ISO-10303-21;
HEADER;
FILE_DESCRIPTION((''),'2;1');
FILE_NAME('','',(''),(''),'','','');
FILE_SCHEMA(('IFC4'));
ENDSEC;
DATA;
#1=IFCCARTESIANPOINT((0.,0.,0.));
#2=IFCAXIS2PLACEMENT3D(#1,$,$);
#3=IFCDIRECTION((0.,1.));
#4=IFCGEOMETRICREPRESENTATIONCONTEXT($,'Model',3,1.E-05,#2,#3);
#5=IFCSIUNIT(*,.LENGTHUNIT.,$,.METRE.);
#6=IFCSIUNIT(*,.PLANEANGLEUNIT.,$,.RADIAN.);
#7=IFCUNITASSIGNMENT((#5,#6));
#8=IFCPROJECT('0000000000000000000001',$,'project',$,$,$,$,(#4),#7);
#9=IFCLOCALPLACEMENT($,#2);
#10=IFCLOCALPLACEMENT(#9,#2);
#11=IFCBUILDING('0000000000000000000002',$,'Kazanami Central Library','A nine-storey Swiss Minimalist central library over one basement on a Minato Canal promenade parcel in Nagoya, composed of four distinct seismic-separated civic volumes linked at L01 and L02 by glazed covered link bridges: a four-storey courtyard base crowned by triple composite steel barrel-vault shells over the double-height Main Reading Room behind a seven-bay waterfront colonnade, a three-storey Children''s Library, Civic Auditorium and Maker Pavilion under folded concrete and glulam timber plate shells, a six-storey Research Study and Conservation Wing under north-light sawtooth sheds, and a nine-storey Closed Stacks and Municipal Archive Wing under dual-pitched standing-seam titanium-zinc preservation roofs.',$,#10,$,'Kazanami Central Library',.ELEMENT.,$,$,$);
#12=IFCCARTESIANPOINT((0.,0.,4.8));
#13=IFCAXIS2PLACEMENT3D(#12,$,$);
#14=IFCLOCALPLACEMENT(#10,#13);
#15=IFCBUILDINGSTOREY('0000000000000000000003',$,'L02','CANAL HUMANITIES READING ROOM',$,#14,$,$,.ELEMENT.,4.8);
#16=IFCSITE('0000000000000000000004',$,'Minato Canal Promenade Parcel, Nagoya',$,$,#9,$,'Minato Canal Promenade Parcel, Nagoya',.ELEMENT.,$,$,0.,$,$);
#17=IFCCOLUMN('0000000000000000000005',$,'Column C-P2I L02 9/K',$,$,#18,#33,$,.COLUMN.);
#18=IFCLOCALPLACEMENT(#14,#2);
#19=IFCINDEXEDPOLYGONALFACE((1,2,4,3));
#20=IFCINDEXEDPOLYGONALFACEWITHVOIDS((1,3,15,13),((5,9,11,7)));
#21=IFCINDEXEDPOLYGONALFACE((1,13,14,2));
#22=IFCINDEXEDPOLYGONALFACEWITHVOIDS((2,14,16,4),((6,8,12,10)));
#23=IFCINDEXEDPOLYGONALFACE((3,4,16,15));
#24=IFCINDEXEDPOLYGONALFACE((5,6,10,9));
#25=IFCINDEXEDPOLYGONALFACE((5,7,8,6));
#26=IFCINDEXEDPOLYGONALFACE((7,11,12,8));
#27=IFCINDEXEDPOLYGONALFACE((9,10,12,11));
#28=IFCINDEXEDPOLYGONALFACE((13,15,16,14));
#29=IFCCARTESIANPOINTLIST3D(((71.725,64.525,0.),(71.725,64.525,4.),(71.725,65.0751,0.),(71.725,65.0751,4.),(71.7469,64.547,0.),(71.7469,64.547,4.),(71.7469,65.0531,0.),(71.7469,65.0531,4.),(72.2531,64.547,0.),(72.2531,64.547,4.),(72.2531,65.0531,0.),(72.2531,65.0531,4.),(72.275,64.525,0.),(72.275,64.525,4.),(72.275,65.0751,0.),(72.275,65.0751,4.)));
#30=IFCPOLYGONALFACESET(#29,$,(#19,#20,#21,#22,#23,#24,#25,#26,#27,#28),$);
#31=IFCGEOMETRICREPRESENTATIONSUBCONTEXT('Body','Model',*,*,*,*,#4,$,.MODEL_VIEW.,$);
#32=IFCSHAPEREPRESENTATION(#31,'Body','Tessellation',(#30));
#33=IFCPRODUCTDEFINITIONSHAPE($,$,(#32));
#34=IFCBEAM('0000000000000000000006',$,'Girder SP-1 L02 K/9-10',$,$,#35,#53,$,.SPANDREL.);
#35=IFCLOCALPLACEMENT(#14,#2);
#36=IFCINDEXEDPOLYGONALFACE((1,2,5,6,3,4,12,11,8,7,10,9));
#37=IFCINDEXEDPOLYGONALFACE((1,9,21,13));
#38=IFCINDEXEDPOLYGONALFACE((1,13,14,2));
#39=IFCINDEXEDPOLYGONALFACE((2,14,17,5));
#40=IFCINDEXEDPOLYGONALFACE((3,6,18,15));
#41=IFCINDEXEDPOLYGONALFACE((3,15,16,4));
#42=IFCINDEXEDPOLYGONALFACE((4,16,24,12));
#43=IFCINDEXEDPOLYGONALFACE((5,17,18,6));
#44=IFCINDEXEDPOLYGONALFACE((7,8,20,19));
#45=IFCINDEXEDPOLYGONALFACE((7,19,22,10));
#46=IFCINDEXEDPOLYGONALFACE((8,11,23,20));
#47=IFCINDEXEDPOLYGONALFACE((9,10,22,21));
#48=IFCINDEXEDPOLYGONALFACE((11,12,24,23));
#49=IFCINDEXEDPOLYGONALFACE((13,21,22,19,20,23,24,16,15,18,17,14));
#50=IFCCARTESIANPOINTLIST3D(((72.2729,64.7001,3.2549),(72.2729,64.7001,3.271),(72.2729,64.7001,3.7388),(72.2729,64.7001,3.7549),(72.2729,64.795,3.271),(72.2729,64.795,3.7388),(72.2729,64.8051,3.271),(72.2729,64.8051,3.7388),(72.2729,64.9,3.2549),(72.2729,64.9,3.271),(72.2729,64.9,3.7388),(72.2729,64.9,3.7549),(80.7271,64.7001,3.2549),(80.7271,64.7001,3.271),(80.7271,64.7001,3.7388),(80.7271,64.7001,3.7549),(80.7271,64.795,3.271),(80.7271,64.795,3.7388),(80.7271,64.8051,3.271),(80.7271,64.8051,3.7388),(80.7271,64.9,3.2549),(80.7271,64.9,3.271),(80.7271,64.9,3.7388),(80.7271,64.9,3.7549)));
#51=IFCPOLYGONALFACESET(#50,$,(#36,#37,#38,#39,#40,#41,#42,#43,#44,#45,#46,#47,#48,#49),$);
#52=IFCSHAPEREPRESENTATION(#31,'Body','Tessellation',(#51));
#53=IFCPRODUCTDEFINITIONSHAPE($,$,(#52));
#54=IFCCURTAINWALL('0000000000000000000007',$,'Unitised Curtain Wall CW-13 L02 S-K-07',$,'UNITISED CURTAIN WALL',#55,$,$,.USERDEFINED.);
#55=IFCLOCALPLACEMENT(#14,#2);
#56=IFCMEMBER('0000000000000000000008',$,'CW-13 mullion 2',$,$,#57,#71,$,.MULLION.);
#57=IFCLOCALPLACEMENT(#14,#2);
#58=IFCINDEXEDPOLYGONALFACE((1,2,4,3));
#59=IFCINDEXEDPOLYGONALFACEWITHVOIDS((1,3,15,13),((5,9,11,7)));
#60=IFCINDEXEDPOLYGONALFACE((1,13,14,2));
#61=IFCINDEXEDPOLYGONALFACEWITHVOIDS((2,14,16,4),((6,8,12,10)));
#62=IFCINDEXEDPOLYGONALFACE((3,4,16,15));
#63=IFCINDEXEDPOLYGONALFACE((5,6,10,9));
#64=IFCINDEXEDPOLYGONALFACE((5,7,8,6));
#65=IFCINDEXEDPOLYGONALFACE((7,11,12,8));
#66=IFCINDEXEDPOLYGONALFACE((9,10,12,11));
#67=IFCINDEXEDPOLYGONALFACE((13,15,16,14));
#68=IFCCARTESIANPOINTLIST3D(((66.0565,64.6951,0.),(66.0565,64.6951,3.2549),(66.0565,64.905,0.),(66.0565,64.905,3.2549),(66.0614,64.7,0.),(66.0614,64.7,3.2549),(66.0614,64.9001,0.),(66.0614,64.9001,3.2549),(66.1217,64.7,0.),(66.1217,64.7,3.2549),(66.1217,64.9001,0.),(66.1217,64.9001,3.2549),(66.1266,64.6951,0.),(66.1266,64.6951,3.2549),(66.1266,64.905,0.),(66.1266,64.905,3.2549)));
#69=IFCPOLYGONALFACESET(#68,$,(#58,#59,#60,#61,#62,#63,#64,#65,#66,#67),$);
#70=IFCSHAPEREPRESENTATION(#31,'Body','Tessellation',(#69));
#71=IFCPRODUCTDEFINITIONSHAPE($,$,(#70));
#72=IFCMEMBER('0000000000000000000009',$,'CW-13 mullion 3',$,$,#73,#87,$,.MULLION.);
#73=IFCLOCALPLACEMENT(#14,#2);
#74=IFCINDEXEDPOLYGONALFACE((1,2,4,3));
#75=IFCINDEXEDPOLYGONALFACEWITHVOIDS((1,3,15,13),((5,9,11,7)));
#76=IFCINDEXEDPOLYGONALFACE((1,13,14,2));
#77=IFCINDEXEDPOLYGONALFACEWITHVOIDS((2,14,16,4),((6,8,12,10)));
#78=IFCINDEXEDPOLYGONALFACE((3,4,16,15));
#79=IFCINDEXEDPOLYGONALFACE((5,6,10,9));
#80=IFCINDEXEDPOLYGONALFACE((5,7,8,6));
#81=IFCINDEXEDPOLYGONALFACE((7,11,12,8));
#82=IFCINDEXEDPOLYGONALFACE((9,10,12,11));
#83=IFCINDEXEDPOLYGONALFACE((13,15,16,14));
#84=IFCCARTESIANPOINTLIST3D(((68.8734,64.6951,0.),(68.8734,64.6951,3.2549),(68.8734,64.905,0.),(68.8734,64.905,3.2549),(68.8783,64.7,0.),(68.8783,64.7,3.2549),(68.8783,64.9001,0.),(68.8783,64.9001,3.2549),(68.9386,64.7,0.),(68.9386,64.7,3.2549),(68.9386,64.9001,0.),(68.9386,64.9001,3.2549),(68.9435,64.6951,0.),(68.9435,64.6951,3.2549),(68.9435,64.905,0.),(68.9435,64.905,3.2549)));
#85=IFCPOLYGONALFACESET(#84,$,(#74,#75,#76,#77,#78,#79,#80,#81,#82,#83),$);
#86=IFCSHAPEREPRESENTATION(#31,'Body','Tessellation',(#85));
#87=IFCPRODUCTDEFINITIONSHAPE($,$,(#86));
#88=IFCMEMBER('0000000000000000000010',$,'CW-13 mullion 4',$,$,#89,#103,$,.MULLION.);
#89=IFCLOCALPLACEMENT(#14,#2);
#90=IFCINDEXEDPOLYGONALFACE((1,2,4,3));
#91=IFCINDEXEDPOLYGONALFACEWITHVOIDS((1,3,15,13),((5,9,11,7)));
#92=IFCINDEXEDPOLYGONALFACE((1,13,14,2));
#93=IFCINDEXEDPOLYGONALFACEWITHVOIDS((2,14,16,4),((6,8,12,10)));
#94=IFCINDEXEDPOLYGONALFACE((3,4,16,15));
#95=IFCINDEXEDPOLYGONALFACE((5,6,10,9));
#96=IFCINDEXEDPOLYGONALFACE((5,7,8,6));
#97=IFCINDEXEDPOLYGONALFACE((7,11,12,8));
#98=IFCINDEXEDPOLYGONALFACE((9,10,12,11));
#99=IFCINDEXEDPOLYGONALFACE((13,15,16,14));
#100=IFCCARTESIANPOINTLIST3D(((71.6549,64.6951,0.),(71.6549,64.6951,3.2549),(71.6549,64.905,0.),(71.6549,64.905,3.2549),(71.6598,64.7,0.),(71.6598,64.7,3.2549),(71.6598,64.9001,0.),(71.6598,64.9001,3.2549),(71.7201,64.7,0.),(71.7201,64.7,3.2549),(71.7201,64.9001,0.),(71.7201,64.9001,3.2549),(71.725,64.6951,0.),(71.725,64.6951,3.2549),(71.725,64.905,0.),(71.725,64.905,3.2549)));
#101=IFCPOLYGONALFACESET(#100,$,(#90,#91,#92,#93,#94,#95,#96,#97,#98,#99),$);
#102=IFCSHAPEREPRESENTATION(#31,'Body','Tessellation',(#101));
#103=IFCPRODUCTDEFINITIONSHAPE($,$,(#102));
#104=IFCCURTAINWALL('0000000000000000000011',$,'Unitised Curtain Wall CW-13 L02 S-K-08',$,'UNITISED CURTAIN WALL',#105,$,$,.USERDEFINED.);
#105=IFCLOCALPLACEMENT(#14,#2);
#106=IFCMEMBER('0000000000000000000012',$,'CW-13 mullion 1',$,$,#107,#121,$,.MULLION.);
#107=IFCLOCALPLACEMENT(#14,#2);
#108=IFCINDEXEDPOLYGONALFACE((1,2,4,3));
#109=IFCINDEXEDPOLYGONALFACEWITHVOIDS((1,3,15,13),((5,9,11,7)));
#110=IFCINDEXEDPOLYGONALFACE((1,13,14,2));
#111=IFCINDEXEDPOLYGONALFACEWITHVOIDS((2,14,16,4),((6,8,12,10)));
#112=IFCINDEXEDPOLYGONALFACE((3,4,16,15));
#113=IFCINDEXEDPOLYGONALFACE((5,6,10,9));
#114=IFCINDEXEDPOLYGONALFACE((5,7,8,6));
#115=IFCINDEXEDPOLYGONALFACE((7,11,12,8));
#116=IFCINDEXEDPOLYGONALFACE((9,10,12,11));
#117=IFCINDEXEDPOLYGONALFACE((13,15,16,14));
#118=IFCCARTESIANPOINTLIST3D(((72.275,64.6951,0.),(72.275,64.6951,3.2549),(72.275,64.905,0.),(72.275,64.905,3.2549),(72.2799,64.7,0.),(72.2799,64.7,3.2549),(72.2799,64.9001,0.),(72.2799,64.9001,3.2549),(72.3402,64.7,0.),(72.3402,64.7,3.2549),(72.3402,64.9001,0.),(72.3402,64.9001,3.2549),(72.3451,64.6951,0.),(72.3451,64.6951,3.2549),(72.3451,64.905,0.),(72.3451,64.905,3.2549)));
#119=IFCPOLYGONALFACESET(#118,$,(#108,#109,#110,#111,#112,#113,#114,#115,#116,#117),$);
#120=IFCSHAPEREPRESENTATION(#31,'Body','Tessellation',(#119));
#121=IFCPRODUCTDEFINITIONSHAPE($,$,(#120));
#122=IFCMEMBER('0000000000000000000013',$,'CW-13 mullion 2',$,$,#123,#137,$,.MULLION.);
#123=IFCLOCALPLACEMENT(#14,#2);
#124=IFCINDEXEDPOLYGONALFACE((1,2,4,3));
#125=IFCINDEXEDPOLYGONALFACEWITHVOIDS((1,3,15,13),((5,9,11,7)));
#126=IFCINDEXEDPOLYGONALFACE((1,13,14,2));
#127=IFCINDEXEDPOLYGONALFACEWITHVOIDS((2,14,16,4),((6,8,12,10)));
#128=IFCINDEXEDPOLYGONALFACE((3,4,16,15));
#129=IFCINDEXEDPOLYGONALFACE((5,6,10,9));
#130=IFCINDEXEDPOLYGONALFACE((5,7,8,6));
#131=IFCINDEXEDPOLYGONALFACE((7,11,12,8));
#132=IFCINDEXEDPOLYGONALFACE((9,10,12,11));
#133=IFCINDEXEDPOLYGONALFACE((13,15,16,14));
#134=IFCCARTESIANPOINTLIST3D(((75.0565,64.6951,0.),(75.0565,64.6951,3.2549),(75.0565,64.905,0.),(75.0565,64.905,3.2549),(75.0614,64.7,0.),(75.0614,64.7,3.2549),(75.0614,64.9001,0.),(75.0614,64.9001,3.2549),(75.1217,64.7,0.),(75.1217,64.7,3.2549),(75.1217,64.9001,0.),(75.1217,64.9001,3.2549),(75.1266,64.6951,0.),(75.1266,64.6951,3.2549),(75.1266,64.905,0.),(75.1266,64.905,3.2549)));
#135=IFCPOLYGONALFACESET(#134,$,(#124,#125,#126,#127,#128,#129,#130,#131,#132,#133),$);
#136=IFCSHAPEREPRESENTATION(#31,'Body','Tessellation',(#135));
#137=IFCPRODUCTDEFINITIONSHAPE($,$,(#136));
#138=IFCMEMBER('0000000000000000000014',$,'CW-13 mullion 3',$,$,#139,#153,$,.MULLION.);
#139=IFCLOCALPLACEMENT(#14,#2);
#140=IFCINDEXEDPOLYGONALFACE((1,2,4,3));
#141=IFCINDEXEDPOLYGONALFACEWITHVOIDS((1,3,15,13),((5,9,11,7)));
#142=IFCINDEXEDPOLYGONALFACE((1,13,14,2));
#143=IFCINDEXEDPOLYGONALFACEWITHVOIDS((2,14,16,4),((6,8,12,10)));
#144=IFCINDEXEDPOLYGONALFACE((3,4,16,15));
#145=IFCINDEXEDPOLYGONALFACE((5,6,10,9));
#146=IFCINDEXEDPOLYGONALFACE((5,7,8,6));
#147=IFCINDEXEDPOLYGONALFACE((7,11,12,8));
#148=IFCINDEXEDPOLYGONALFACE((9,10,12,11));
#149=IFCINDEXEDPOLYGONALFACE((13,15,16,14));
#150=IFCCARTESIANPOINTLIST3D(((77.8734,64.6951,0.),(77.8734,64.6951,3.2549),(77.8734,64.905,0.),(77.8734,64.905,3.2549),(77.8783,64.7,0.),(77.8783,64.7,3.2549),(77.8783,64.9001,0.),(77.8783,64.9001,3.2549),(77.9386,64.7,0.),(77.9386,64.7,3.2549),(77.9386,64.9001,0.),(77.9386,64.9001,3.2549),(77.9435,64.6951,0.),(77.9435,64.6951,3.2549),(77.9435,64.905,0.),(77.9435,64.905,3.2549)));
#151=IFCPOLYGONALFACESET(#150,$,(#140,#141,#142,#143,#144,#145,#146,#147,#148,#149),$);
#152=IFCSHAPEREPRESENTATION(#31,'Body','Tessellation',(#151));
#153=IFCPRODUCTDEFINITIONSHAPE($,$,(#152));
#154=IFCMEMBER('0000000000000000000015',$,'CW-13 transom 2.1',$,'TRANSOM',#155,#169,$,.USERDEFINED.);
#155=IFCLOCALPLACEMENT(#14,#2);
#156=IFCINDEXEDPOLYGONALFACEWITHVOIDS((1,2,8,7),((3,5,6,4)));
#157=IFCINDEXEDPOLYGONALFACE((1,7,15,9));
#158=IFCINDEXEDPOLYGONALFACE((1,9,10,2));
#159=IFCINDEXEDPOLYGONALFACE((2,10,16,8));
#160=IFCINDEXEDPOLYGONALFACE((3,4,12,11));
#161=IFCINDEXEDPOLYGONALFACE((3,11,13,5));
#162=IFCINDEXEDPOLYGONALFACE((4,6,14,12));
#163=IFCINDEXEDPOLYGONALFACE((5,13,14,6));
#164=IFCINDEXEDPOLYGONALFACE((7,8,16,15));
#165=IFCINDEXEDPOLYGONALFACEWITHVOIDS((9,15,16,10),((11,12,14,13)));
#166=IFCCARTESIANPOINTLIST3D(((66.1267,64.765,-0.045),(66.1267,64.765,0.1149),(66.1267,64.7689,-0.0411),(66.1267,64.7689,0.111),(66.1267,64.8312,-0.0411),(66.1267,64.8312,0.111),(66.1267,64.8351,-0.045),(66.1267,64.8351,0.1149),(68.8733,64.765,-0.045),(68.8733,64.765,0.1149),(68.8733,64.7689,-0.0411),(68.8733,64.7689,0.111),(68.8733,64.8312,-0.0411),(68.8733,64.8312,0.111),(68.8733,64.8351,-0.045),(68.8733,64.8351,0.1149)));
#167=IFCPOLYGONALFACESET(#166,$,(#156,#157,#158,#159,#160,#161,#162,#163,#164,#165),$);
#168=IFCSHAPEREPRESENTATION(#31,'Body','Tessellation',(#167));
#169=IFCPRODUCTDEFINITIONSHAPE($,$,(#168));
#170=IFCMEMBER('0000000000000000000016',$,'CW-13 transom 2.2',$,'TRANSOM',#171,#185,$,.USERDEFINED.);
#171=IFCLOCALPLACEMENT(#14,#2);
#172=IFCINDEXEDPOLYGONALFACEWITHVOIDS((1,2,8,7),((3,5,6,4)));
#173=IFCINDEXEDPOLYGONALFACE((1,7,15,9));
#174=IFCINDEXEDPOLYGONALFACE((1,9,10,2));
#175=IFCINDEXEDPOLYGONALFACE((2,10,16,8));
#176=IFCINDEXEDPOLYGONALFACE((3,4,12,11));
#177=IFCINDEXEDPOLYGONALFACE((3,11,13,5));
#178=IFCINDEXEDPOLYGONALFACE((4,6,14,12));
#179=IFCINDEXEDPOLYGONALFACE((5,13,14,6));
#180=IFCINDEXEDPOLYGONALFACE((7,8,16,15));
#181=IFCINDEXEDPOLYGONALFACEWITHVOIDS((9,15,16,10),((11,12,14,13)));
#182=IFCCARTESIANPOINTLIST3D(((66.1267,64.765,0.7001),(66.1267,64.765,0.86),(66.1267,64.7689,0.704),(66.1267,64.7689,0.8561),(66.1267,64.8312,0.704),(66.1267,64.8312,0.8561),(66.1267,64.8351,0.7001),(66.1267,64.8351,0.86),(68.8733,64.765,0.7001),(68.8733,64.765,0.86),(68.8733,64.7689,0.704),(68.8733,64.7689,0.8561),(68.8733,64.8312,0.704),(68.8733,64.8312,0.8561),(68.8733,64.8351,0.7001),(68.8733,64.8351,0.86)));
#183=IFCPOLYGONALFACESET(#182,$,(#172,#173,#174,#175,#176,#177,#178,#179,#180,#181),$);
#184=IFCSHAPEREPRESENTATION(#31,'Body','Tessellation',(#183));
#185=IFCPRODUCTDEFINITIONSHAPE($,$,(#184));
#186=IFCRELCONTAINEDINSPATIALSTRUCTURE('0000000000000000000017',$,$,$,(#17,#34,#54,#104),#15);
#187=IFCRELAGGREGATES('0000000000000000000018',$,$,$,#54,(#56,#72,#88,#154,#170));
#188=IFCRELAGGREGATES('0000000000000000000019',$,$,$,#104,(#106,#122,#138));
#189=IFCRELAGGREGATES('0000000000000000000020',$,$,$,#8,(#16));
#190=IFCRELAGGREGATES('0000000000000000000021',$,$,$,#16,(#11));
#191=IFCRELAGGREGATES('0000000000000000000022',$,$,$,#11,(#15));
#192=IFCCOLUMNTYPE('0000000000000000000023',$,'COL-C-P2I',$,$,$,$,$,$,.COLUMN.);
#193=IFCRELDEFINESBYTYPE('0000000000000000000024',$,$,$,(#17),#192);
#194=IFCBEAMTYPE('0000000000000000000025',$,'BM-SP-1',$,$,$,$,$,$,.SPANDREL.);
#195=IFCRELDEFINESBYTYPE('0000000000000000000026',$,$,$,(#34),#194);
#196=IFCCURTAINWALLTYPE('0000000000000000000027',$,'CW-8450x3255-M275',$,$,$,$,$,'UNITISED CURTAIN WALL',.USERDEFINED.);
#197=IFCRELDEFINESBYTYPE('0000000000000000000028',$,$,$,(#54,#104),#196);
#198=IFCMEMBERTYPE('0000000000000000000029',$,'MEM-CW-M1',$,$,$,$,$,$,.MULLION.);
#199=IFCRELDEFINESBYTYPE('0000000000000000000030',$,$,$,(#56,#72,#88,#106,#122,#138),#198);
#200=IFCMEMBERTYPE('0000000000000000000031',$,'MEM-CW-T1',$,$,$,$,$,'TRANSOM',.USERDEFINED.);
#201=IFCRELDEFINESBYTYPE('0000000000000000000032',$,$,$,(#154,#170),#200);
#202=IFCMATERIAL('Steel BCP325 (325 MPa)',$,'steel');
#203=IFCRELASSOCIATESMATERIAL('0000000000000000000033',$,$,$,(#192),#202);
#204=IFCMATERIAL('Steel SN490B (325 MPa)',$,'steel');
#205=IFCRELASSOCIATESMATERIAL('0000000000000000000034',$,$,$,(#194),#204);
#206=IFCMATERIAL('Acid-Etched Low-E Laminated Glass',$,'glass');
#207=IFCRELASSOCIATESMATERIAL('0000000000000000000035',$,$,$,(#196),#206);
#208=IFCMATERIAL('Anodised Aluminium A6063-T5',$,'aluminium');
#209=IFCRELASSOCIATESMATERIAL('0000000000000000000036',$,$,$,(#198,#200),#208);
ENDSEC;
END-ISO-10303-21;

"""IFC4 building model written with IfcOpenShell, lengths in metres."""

from ifc_helpers import new_model, si_unit, direction, frame, origin, origin_2d, place, context, subcontext, project, spatial, hollow_rectangle, i_section, extrude, material, material_profile, profile_set, type_object, element, aggregate, save


model = new_model("IFC4")

# Units and contexts
model_context = context("Model", 3, precision=1e-05, world=origin(), true_north=direction((0.0, 1.0)))
body_context = subcontext(model_context, "Body", "Model", "MODEL_VIEW")
ifc_project = project(units=[si_unit("LENGTHUNIT", "METRE"), si_unit("PLANEANGLEUNIT", "RADIAN")], contexts=[model_context])

# Site, building, storey
site_placement = place(None, origin())
site = spatial("IfcSite", under=ifc_project, at=site_placement, Name="Minato Canal Promenade Parcel, Nagoya", LongName="Minato Canal Promenade Parcel, Nagoya", CompositionType="ELEMENT", RefElevation=0.0)
building_placement = place(site_placement, origin())
building = spatial("IfcBuilding", under=site, at=building_placement, Name="Kazanami Central Library", Description="A nine-storey Swiss Minimalist central library over one basement on a Minato Canal promenade parcel in Nagoya, composed of four distinct seismic-separated civic volumes linked at L01 and L02 by glazed covered link bridges: a four-storey courtyard base crowned by triple composite steel barrel-vault shells over the double-height Main Reading Room behind a seven-bay waterfront colonnade, a three-storey Children's Library, Civic Auditorium and Maker Pavilion under folded concrete and glulam timber plate shells, a six-storey Research Study and Conservation Wing under north-light sawtooth sheds, and a nine-storey Closed Stacks and Municipal Archive Wing under dual-pitched standing-seam titanium-zinc preservation roofs.", LongName="Kazanami Central Library", CompositionType="ELEMENT")
storey_placement = place(building_placement, frame((0.0, 0.0, 4.8)))
storey = spatial("IfcBuildingStorey", under=building, at=storey_placement, Name="L02", Description="CANAL HUMANITIES READING ROOM", CompositionType="ELEMENT", Elevation=4.8)

# Column
ifc_material_1 = material(Name="Steel BCP325 (325 MPa)", Category="steel")
ifc_material_profile_1 = material_profile(ifc_material_1, hollow_rectangle(XDim=0.55, YDim=0.55, WallThickness=0.022, at=origin_2d()), Name="BCP-550x550x22")
ifc_profile_set_1 = profile_set([ifc_material_profile_1], Name="Steel BCP325 (325 MPa)")
column_type = type_object("IfcColumnType", Name="COL-C-P2I", PredefinedType="COLUMN", material=ifc_profile_set_1)
column_placement = place(storey_placement, frame((72.0, 64.8, 0.0), z_axis=(0.0, 0.0, 1.0), x_axis=(1.0, 0.0, 0.0)))
element("IfcColumn", 1, at=column_placement, inside=storey, type_object=column_type, Name="Column C-P2I L02 9/K", PredefinedType="COLUMN", context=body_context, shape_type="SweptSolid", body=[
    extrude(hollow_rectangle(XDim=0.55, YDim=0.55, WallThickness=0.022, at=origin_2d()), origin(), (0.0, 0.0, 1.0), 4.0),
])

# Beam
ifc_material_2 = material(Name="Steel SN490B (325 MPa)", Category="steel")
ifc_material_profile_2 = material_profile(ifc_material_2, i_section(OverallWidth=0.2, OverallDepth=0.5, WebThickness=0.01, FlangeThickness=0.0161, at=origin_2d()), Name="H-500x200x10x16")
ifc_profile_set_2 = profile_set([ifc_material_profile_2], Name="Steel SN490B (325 MPa)")
beam_type = type_object("IfcBeamType", Name="BM-SP-1", PredefinedType="SPANDREL", material=ifc_profile_set_2)
beam_placement = place(storey_placement, frame((72.2729, 64.8, 3.5049), z_axis=(1.0, 0.0, 0.0), x_axis=(0.0, 1.0, 0.0)))
element("IfcBeam", 2, at=beam_placement, inside=storey, type_object=beam_type, Name="Girder SP-1 L02 K/9-10", PredefinedType="SPANDREL", context=body_context, shape_type="SweptSolid", body=[
    extrude(i_section(OverallWidth=0.2, OverallDepth=0.5, WebThickness=0.01, FlangeThickness=0.0161, at=origin_2d()), origin(), (0.0, 0.0, 1.0), 8.4541),
])

# Curtain walls, members
ifc_material_3 = material(Name="Acid-Etched Low-E Laminated Glass", Category="glass")
curtain_wall_type = type_object("IfcCurtainWallType", Name="CW-8450x3255-M275", ElementType="UNITISED CURTAIN WALL", PredefinedType="USERDEFINED", material=ifc_material_3)
curtain_wall_1_placement = place(storey_placement, origin())
curtain_wall_1 = element("IfcCurtainWall", 3, at=curtain_wall_1_placement, inside=storey, type_object=curtain_wall_type, Name="Unitised Curtain Wall CW-13 L02 S-K-07", ObjectType="UNITISED CURTAIN WALL", PredefinedType="USERDEFINED")
ifc_material_4 = material(Name="Anodised Aluminium A6063-T5", Category="aluminium")
ifc_material_profile_3 = material_profile(ifc_material_4, hollow_rectangle(XDim=0.0701, YDim=0.21, WallThickness=0.0049, at=origin_2d()), Name="ALU-MULL-70x210x5")
ifc_profile_set_3 = profile_set([ifc_material_profile_3], Name="Anodised Aluminium A6063-T5")
member_type_1 = type_object("IfcMemberType", Name="MEM-CW-M1", PredefinedType="MULLION", material=ifc_profile_set_3)
member_1_placement = place(storey_placement, frame((66.0916, 64.8, 0.0), z_axis=(0.0, 0.0, 1.0), x_axis=(1.0, 0.0, 0.0)))
member_1 = element("IfcMember", 4, at=member_1_placement, type_object=member_type_1, Name="CW-13 mullion 2", PredefinedType="MULLION", context=body_context, shape_type="SweptSolid", body=[
    extrude(hollow_rectangle(XDim=0.0701, YDim=0.21, WallThickness=0.0049, at=origin_2d()), origin(), (0.0, 0.0, 1.0), 3.2549),
])
member_2_placement = place(storey_placement, frame((68.9084, 64.8, 0.0), z_axis=(0.0, 0.0, 1.0), x_axis=(1.0, 0.0, 0.0)))
member_2 = element("IfcMember", 5, at=member_2_placement, type_object=member_type_1, Name="CW-13 mullion 3", PredefinedType="MULLION", context=body_context, shape_type="SweptSolid", body=[
    extrude(hollow_rectangle(XDim=0.0701, YDim=0.21, WallThickness=0.0049, at=origin_2d()), origin(), (0.0, 0.0, 1.0), 3.2549),
])
member_3_placement = place(storey_placement, frame((71.6899, 64.8, 0.0), z_axis=(0.0, 0.0, 1.0), x_axis=(1.0, 0.0, 0.0)))
member_3 = element("IfcMember", 6, at=member_3_placement, type_object=member_type_1, Name="CW-13 mullion 4", PredefinedType="MULLION", context=body_context, shape_type="SweptSolid", body=[
    extrude(hollow_rectangle(XDim=0.0701, YDim=0.21, WallThickness=0.0049, at=origin_2d()), origin(), (0.0, 0.0, 1.0), 3.2549),
])
curtain_wall_2_placement = place(storey_placement, origin())
curtain_wall_2 = element("IfcCurtainWall", 7, at=curtain_wall_2_placement, inside=storey, type_object=curtain_wall_type, Name="Unitised Curtain Wall CW-13 L02 S-K-08", ObjectType="UNITISED CURTAIN WALL", PredefinedType="USERDEFINED")
member_4_placement = place(storey_placement, frame((72.3101, 64.8, 0.0), z_axis=(0.0, 0.0, 1.0), x_axis=(1.0, 0.0, 0.0)))
member_4 = element("IfcMember", 8, at=member_4_placement, type_object=member_type_1, Name="CW-13 mullion 1", PredefinedType="MULLION", context=body_context, shape_type="SweptSolid", body=[
    extrude(hollow_rectangle(XDim=0.0701, YDim=0.21, WallThickness=0.0049, at=origin_2d()), origin(), (0.0, 0.0, 1.0), 3.2549),
])
member_5_placement = place(storey_placement, frame((75.0916, 64.8, 0.0), z_axis=(0.0, 0.0, 1.0), x_axis=(1.0, 0.0, 0.0)))
member_5 = element("IfcMember", 9, at=member_5_placement, type_object=member_type_1, Name="CW-13 mullion 2", PredefinedType="MULLION", context=body_context, shape_type="SweptSolid", body=[
    extrude(hollow_rectangle(XDim=0.0701, YDim=0.21, WallThickness=0.0049, at=origin_2d()), origin(), (0.0, 0.0, 1.0), 3.2549),
])
member_6_placement = place(storey_placement, frame((77.9084, 64.8, 0.0), z_axis=(0.0, 0.0, 1.0), x_axis=(1.0, 0.0, 0.0)))
member_6 = element("IfcMember", 10, at=member_6_placement, type_object=member_type_1, Name="CW-13 mullion 3", PredefinedType="MULLION", context=body_context, shape_type="SweptSolid", body=[
    extrude(hollow_rectangle(XDim=0.0701, YDim=0.21, WallThickness=0.0049, at=origin_2d()), origin(), (0.0, 0.0, 1.0), 3.2549),
])

# Members
ifc_material_profile_4 = material_profile(ifc_material_4, hollow_rectangle(XDim=0.0701, YDim=0.1599, WallThickness=0.0039, at=origin_2d()), Name="ALU-TRAN-70x160x4")
ifc_profile_set_4 = profile_set([ifc_material_profile_4], Name="Anodised Aluminium A6063-T5")
member_type_2 = type_object("IfcMemberType", Name="MEM-CW-T1", ElementType="TRANSOM", PredefinedType="USERDEFINED", material=ifc_profile_set_4)
member_7_placement = place(storey_placement, frame((66.1267, 64.8, 0.0349), z_axis=(1.0, 0.0, 0.0), x_axis=(0.0, 1.0, 0.0)))
member_7 = element("IfcMember", 11, at=member_7_placement, type_object=member_type_2, Name="CW-13 transom 2.1", ObjectType="TRANSOM", PredefinedType="USERDEFINED", context=body_context, shape_type="SweptSolid", body=[
    extrude(hollow_rectangle(XDim=0.0701, YDim=0.1599, WallThickness=0.0039, at=origin_2d()), origin(), (0.0, 0.0, 1.0), 2.7466),
])
member_8_placement = place(storey_placement, frame((66.1267, 64.8, 0.78), z_axis=(1.0, 0.0, 0.0), x_axis=(0.0, 1.0, 0.0)))
member_8 = element("IfcMember", 12, at=member_8_placement, type_object=member_type_2, Name="CW-13 transom 2.2", ObjectType="TRANSOM", PredefinedType="USERDEFINED", context=body_context, shape_type="SweptSolid", body=[
    extrude(hollow_rectangle(XDim=0.0701, YDim=0.1599, WallThickness=0.0039, at=origin_2d()), origin(), (0.0, 0.0, 1.0), 2.7466),
])

aggregate(curtain_wall_1, [member_1, member_2, member_3, member_7, member_8])
aggregate(curtain_wall_2, [member_4, member_5, member_6])

save(model, "model.ifc")
